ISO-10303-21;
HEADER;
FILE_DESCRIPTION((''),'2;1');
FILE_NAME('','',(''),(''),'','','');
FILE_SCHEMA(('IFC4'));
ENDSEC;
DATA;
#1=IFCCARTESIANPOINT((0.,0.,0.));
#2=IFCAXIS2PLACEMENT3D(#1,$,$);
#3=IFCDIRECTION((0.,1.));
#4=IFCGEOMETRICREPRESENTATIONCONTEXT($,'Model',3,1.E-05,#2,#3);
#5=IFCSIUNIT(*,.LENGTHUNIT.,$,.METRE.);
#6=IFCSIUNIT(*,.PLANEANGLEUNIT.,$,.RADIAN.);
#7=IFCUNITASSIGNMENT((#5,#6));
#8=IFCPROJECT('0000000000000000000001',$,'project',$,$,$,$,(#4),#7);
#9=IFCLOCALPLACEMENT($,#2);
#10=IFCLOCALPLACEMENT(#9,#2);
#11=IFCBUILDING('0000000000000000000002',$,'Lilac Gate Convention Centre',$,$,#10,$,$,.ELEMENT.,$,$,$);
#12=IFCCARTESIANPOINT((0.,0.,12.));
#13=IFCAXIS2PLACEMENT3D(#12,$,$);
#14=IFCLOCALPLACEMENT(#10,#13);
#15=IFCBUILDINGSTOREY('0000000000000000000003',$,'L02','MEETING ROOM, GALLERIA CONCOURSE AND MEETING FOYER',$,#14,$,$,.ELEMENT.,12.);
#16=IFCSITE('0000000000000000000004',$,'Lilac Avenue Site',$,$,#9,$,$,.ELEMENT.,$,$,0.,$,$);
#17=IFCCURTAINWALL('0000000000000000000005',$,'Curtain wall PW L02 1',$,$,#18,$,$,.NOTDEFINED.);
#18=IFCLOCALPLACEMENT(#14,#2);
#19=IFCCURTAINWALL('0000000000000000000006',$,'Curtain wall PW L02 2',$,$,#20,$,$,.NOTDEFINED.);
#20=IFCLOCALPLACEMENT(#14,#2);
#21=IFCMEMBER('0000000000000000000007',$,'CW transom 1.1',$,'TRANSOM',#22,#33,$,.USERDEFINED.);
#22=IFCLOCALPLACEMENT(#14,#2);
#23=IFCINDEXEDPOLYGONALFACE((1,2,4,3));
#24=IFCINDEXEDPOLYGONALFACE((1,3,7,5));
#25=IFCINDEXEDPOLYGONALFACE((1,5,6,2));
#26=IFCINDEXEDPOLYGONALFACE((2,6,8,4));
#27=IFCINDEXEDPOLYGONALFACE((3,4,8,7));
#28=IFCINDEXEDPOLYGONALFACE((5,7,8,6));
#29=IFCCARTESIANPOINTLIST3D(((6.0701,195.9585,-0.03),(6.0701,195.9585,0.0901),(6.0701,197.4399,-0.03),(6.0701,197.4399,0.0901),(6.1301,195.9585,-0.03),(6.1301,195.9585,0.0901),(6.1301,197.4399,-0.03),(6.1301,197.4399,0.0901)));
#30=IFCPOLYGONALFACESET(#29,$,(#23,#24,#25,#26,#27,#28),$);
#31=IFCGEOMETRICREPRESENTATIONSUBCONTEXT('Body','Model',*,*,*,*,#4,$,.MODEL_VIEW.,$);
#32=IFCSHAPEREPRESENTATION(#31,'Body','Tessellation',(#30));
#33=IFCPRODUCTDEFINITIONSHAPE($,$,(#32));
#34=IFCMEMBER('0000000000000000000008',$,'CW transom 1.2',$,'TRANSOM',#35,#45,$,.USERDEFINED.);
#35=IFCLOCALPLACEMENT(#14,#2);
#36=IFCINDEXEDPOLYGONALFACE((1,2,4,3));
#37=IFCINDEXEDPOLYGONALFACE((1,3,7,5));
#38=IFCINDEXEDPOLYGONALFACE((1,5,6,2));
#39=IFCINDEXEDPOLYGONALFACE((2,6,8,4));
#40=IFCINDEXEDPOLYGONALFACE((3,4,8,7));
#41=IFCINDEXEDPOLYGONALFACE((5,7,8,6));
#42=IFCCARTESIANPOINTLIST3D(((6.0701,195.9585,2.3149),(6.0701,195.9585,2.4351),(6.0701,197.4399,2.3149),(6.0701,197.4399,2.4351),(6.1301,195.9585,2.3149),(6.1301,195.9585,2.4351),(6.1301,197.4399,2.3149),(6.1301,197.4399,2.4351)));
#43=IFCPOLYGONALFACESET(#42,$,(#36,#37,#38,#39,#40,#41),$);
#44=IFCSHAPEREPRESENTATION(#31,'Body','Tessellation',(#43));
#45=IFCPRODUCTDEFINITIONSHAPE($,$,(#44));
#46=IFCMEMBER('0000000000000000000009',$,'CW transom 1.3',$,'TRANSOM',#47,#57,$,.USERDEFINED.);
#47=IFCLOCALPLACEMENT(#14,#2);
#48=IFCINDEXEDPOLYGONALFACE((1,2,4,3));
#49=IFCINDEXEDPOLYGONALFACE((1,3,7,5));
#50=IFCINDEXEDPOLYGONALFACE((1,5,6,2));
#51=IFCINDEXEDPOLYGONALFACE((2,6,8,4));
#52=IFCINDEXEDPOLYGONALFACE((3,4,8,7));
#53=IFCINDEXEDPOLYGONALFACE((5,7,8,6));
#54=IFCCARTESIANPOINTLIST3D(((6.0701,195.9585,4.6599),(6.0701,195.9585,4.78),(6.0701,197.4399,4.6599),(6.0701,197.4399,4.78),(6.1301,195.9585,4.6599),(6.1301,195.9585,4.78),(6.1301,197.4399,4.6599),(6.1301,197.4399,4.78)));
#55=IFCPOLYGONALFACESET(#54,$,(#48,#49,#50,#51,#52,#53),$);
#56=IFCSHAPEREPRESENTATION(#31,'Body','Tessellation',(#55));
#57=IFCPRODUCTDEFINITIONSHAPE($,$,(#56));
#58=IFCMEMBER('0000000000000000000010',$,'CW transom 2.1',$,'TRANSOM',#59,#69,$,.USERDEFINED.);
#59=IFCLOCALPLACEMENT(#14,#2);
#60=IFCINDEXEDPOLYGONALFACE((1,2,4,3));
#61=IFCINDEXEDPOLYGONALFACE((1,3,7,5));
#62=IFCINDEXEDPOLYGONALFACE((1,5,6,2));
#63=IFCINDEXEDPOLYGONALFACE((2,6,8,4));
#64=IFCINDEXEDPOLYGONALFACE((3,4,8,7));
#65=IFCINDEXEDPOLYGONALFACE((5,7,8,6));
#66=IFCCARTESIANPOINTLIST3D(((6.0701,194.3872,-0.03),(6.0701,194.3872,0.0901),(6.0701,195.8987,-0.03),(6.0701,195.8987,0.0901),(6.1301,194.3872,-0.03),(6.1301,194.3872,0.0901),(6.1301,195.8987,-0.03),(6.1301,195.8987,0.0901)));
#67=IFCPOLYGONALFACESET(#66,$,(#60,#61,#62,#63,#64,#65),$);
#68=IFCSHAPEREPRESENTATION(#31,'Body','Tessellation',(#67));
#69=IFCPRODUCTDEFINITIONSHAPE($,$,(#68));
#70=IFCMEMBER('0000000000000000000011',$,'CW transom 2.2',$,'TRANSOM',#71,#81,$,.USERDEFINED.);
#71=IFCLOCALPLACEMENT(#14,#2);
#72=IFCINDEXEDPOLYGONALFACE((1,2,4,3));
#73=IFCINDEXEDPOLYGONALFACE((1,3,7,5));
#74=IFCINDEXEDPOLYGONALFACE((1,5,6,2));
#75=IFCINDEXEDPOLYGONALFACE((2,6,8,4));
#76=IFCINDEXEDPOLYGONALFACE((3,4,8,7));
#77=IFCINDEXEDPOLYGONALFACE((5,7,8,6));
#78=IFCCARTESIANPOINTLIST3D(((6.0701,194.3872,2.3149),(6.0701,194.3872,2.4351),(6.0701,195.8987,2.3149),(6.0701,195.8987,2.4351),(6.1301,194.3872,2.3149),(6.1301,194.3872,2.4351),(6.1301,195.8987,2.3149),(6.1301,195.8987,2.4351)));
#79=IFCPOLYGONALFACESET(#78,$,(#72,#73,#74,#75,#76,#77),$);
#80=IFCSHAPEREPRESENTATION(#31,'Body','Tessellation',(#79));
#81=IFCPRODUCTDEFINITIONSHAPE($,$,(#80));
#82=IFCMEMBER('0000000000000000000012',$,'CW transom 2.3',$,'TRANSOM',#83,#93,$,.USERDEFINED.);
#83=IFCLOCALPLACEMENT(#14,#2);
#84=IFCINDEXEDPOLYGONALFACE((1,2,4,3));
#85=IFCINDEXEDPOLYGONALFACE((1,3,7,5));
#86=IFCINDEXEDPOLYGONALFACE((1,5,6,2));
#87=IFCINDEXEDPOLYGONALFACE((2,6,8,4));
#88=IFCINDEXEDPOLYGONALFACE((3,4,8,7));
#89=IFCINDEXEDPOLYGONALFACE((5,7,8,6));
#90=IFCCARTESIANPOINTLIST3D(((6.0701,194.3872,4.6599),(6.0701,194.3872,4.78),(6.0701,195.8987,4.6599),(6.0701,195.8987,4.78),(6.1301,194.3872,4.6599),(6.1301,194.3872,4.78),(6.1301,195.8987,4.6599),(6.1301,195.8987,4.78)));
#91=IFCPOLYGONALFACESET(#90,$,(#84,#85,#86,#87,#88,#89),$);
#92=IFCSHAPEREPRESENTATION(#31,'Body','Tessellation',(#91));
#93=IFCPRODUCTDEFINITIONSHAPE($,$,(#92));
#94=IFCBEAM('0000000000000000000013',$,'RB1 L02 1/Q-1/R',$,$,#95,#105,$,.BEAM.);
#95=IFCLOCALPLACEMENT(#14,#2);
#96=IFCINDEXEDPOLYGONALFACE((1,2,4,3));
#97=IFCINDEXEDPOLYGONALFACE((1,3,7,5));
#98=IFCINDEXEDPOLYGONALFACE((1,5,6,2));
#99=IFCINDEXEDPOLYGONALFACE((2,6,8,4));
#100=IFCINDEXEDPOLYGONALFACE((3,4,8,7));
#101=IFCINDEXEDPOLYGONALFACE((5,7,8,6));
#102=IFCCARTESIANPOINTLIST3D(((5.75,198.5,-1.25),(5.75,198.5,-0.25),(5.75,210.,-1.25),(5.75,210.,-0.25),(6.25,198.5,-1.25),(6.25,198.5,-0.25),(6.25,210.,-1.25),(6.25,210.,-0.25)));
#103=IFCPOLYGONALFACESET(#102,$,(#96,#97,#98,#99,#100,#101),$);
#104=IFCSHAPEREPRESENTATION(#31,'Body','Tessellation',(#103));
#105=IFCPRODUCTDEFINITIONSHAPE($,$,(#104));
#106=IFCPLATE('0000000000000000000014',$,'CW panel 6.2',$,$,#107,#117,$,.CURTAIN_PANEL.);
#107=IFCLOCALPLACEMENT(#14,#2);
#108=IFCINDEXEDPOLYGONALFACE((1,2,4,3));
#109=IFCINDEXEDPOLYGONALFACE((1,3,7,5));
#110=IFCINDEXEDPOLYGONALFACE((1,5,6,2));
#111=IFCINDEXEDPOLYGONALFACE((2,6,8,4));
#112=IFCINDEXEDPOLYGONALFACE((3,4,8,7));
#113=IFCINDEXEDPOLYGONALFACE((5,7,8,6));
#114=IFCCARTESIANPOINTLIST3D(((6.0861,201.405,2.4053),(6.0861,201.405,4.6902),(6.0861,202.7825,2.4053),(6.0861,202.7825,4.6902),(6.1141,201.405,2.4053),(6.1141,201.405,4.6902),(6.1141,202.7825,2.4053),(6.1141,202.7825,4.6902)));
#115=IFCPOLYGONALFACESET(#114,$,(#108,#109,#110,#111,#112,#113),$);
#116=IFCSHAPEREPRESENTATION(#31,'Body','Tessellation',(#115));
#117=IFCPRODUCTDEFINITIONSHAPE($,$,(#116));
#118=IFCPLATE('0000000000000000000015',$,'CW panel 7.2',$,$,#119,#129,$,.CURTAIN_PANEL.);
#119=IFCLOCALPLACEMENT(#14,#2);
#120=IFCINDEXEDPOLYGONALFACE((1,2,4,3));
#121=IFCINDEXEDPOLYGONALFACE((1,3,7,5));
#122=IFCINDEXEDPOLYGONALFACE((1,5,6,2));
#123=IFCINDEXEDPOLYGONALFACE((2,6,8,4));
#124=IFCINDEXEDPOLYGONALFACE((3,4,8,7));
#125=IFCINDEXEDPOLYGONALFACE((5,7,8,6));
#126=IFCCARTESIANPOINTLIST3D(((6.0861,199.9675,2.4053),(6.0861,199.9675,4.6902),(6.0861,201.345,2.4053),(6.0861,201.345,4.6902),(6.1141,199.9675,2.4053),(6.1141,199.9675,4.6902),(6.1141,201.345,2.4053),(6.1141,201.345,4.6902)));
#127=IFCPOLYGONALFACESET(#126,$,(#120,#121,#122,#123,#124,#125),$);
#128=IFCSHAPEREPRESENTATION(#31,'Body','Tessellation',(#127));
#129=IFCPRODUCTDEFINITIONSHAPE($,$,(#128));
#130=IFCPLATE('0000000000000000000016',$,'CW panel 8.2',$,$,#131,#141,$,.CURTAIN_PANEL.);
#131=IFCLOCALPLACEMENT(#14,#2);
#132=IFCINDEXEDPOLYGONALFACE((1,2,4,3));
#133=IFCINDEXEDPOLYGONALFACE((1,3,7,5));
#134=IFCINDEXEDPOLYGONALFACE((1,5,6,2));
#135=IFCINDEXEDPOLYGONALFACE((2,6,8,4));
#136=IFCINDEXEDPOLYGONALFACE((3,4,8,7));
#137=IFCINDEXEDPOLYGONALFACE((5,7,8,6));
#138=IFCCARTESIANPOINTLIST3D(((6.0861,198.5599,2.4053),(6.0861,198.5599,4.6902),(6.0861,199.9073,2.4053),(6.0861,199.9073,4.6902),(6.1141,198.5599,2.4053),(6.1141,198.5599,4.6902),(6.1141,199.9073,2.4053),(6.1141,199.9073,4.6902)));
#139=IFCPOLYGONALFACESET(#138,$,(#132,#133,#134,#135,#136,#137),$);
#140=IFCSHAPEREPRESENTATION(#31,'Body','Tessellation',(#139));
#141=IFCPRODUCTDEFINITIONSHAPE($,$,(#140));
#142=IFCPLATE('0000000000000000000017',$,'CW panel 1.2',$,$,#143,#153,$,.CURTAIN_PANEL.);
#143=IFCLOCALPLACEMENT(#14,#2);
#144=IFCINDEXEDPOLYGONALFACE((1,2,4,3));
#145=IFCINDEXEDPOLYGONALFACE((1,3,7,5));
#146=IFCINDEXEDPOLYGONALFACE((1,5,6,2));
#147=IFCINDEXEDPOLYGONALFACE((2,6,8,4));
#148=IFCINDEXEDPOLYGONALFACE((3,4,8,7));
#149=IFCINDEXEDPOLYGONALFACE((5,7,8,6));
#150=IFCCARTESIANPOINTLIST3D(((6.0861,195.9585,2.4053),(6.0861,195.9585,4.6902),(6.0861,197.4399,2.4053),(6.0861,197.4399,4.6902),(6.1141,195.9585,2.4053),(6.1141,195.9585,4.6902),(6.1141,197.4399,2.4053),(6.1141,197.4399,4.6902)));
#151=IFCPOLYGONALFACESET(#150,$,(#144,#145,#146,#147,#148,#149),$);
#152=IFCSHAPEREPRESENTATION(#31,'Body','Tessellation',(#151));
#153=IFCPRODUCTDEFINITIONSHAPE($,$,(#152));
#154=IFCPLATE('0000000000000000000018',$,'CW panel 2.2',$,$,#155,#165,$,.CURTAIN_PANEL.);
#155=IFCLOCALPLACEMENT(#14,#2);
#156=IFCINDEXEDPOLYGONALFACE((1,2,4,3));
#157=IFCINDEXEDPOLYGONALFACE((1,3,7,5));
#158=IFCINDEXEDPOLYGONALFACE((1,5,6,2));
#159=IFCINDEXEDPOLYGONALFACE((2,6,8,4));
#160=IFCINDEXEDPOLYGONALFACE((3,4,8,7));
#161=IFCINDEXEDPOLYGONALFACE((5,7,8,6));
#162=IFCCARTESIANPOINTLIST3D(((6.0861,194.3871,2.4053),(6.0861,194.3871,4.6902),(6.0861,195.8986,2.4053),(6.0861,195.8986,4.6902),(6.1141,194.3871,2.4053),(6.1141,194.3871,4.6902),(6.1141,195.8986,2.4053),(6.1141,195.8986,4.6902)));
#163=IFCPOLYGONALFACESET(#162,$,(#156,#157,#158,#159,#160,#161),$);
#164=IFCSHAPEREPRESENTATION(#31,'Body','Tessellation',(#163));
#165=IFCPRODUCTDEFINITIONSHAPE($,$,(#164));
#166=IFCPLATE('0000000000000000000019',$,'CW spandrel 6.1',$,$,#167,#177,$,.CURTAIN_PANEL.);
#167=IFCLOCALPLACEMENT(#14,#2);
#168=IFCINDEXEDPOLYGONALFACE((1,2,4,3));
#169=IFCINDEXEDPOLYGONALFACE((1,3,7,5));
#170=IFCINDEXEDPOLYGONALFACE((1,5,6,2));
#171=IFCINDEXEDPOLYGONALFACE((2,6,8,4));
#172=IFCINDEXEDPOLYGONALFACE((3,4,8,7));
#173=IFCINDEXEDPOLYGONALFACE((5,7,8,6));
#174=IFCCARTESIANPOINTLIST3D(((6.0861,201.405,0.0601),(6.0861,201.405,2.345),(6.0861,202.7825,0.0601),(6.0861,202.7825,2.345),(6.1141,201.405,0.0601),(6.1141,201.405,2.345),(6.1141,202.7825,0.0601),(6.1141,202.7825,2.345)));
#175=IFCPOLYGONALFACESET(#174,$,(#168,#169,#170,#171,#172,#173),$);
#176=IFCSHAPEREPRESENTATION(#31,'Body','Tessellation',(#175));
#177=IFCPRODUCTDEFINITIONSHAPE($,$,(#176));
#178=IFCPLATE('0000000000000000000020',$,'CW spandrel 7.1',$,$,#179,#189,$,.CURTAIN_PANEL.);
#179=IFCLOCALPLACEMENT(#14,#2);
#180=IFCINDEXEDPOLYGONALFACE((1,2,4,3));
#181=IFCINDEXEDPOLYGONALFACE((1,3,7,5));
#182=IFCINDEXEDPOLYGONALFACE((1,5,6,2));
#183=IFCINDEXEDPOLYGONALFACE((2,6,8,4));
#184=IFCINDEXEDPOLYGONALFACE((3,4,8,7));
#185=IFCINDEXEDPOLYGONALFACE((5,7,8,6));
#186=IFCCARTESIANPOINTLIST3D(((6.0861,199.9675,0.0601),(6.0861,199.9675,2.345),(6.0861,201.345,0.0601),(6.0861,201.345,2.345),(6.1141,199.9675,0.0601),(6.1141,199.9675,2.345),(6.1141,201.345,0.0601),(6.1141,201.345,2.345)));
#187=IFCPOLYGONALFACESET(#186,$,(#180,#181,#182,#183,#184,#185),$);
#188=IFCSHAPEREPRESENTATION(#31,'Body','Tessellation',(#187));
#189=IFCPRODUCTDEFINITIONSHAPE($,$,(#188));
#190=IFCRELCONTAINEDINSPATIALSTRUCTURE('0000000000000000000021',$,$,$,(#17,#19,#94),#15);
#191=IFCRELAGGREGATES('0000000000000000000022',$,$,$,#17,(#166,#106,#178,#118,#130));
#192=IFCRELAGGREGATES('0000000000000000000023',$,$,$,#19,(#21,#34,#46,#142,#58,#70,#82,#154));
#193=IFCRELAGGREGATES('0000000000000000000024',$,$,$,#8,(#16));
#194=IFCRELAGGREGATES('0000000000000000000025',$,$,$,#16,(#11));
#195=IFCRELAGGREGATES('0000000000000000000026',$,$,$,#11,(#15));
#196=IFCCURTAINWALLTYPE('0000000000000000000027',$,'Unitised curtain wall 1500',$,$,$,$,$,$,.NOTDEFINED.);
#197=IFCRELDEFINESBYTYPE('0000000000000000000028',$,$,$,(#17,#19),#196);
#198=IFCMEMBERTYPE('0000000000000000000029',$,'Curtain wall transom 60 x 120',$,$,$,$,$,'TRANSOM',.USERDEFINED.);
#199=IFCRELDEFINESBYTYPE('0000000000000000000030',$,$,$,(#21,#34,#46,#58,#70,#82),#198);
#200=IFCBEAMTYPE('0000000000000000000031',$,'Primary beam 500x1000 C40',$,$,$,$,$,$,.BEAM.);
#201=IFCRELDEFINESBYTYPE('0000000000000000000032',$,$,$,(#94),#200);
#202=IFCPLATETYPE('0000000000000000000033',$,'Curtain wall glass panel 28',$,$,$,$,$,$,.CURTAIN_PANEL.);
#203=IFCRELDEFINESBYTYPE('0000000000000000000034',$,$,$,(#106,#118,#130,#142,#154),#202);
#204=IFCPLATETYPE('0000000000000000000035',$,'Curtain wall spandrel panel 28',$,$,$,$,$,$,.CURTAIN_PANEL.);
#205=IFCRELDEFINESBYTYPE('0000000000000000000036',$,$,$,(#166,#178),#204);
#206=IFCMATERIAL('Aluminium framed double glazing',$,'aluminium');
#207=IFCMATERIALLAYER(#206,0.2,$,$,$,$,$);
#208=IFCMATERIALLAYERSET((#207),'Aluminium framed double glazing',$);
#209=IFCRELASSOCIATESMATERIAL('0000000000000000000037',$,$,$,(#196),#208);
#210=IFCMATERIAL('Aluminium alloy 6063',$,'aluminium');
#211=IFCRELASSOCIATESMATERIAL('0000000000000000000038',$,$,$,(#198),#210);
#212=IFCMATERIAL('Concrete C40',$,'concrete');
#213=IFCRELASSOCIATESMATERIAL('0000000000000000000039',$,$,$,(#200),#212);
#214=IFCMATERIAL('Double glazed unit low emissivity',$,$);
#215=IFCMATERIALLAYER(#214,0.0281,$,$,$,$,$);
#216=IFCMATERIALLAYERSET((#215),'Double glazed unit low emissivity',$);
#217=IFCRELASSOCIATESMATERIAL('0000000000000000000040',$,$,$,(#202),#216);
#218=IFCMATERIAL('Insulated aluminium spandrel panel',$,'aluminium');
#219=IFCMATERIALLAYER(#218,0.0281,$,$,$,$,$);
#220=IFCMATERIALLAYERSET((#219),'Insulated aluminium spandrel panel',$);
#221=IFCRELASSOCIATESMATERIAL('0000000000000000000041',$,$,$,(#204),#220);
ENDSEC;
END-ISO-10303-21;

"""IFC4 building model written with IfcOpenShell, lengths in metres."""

from ifc_helpers import new_model, si_unit, direction, frame, origin, origin_2d, place, context, subcontext, project, spatial, rectangle, extrude, material, layer, layer_set, material_profile, profile_set, type_object, element, aggregate, save


model = new_model("IFC4")

# Units and contexts
model_context = context("Model", 3, precision=1e-05, world=origin(), true_north=direction((0.0, 1.0)))
body_context = subcontext(model_context, "Body", "Model", "MODEL_VIEW")
ifc_project = project(units=[si_unit("LENGTHUNIT", "METRE"), si_unit("PLANEANGLEUNIT", "RADIAN")], contexts=[model_context])

# Site, building, storey
site_placement = place(None, origin())
site = spatial("IfcSite", under=ifc_project, at=site_placement, Name="Lilac Avenue Site", CompositionType="ELEMENT", RefElevation=0.0)
building_placement = place(site_placement, origin())
building = spatial("IfcBuilding", under=site, at=building_placement, Name="Lilac Gate Convention Centre", CompositionType="ELEMENT")
storey_placement = place(building_placement, frame((0.0, 0.0, 12.0)))
storey = spatial("IfcBuildingStorey", under=building, at=storey_placement, Name="L02", Description="MEETING ROOM, GALLERIA CONCOURSE AND MEETING FOYER", CompositionType="ELEMENT", Elevation=12.0)

# Shared definitions
ifc_material_1 = material(Name="Concrete C40", Category="concrete")

# Curtain walls
ifc_material_2 = material(Name="Aluminium framed double glazing", Category="aluminium")
ifc_layer_1 = layer(ifc_material_2, 0.2)
ifc_layer_set_1 = layer_set([ifc_layer_1], Name="Aluminium framed double glazing")
curtain_wall_type = type_object("IfcCurtainWallType", Name="Unitised curtain wall 1500", PredefinedType="NOTDEFINED", material=ifc_layer_set_1)
curtain_wall_1_placement = place(storey_placement, origin())
curtain_wall_1 = element("IfcCurtainWall", 1, at=curtain_wall_1_placement, inside=storey, type_object=curtain_wall_type, Name="Curtain wall PW L02 1", PredefinedType="NOTDEFINED")
ifc_material_3 = material(Name="Aluminium alloy 6063", Category="aluminium")
curtain_wall_2_placement = place(storey_placement, origin())
curtain_wall_2 = element("IfcCurtainWall", 2, at=curtain_wall_2_placement, inside=storey, type_object=curtain_wall_type, Name="Curtain wall PW L02 2", PredefinedType="NOTDEFINED")

# Members
ifc_material_profile_1 = material_profile(ifc_material_3, rectangle(XDim=0.0601, YDim=0.1201, at=origin_2d()), Name="Curtain wall transom 60 x 120")
ifc_profile_set_1 = profile_set([ifc_material_profile_1], Name="Aluminium alloy 6063")
member_type_1 = type_object("IfcMemberType", Name="Curtain wall transom 60 x 120", ElementType="TRANSOM", PredefinedType="USERDEFINED", material=ifc_profile_set_1)
member_1_placement = place(storey_placement, frame((6.1001, 197.4399, 0.03), z_axis=(0.0, -1.0, 0.0), x_axis=(1.0, 0.0, 0.0)))
member_1 = element("IfcMember", 3, at=member_1_placement, type_object=member_type_1, Name="CW transom 1.1", ObjectType="TRANSOM", PredefinedType="USERDEFINED", context=body_context, shape_type="SweptSolid", body=[
    extrude(rectangle(XDim=0.0601, YDim=0.1201, at=origin_2d()), origin(), (0.0, 0.0, 1.0), 1.4814),
])
member_2_placement = place(storey_placement, frame((6.1001, 197.4399, 2.375), z_axis=(0.0, -1.0, 0.0), x_axis=(1.0, 0.0, 0.0)))
member_2 = element("IfcMember", 4, at=member_2_placement, type_object=member_type_1, Name="CW transom 1.2", ObjectType="TRANSOM", PredefinedType="USERDEFINED", context=body_context, shape_type="SweptSolid", body=[
    extrude(rectangle(XDim=0.0601, YDim=0.1201, at=origin_2d()), origin(), (0.0, 0.0, 1.0), 1.4814),
])
member_3_placement = place(storey_placement, frame((6.1001, 197.4399, 4.72), z_axis=(0.0, -1.0, 0.0), x_axis=(1.0, 0.0, 0.0)))
member_3 = element("IfcMember", 5, at=member_3_placement, type_object=member_type_1, Name="CW transom 1.3", ObjectType="TRANSOM", PredefinedType="USERDEFINED", context=body_context, shape_type="SweptSolid", body=[
    extrude(rectangle(XDim=0.0601, YDim=0.1201, at=origin_2d()), origin(), (0.0, 0.0, 1.0), 1.4814),
])
member_4_placement = place(storey_placement, frame((6.1001, 195.8987, 0.03), z_axis=(0.0, -1.0, 0.0), x_axis=(1.0, 0.0, 0.0)))
member_4 = element("IfcMember", 6, at=member_4_placement, type_object=member_type_1, Name="CW transom 2.1", ObjectType="TRANSOM", PredefinedType="USERDEFINED", context=body_context, shape_type="SweptSolid", body=[
    extrude(rectangle(XDim=0.0601, YDim=0.1201, at=origin_2d()), origin(), (0.0, 0.0, 1.0), 1.5115),
])
member_5_placement = place(storey_placement, frame((6.1001, 195.8987, 2.375), z_axis=(0.0, -1.0, 0.0), x_axis=(1.0, 0.0, 0.0)))
member_5 = element("IfcMember", 7, at=member_5_placement, type_object=member_type_1, Name="CW transom 2.2", ObjectType="TRANSOM", PredefinedType="USERDEFINED", context=body_context, shape_type="SweptSolid", body=[
    extrude(rectangle(XDim=0.0601, YDim=0.1201, at=origin_2d()), origin(), (0.0, 0.0, 1.0), 1.5115),
])
member_6_placement = place(storey_placement, frame((6.1001, 195.8987, 4.72), z_axis=(0.0, -1.0, 0.0), x_axis=(1.0, 0.0, 0.0)))
member_6 = element("IfcMember", 8, at=member_6_placement, type_object=member_type_1, Name="CW transom 2.3", ObjectType="TRANSOM", PredefinedType="USERDEFINED", context=body_context, shape_type="SweptSolid", body=[
    extrude(rectangle(XDim=0.0601, YDim=0.1201, at=origin_2d()), origin(), (0.0, 0.0, 1.0), 1.5115),
])

# Beam
ifc_material_profile_2 = material_profile(ifc_material_1, rectangle(XDim=0.5, YDim=1.0, at=origin_2d()), Name="RC 500x1000")
ifc_profile_set_2 = profile_set([ifc_material_profile_2], Name="Concrete C40")
beam_type = type_object("IfcBeamType", Name="Primary beam 500x1000 C40", PredefinedType="BEAM", material=ifc_profile_set_2)
beam_placement = place(storey_placement, frame((6.0, 198.5, -0.75), z_axis=(0.0, 1.0, 0.0), x_axis=(-1.0, 0.0, 0.0)))
element("IfcBeam", 9, at=beam_placement, inside=storey, type_object=beam_type, Name="RB1 L02 1/Q-1/R", PredefinedType="BEAM", context=body_context, shape_type="SweptSolid", body=[
    extrude(rectangle(XDim=0.5, YDim=1.0, at=origin_2d()), origin(), (0.0, 0.0, 1.0), 11.5),
])

# Plates
ifc_material_4 = material(Name="Double glazed unit low emissivity")
ifc_layer_2 = layer(ifc_material_4, 0.0281)
ifc_layer_set_2 = layer_set([ifc_layer_2], Name="Double glazed unit low emissivity")
plate_type_1 = type_object("IfcPlateType", Name="Curtain wall glass panel 28", PredefinedType="CURTAIN_PANEL", material=ifc_layer_set_2)
plate_1_placement = place(storey_placement, frame((6.1001, 202.0938, 2.4053), z_axis=(0.0, 0.0, 1.0), x_axis=(0.0, -1.0, 0.0)))
plate_1 = element("IfcPlate", 10, at=plate_1_placement, type_object=plate_type_1, Name="CW panel 6.2", PredefinedType="CURTAIN_PANEL", context=body_context, shape_type="SweptSolid", body=[
    extrude(rectangle(XDim=1.3774, YDim=0.0281, at=origin_2d()), origin(), (0.0, 0.0, 1.0), 2.2849),
])
plate_2_placement = place(storey_placement, frame((6.1001, 200.6562, 2.4053), z_axis=(0.0, 0.0, 1.0), x_axis=(0.0, -1.0, 0.0)))
plate_2 = element("IfcPlate", 11, at=plate_2_placement, type_object=plate_type_1, Name="CW panel 7.2", PredefinedType="CURTAIN_PANEL", context=body_context, shape_type="SweptSolid", body=[
    extrude(rectangle(XDim=1.3774, YDim=0.0281, at=origin_2d()), origin(), (0.0, 0.0, 1.0), 2.2849),
])
plate_3_placement = place(storey_placement, frame((6.1001, 199.2336, 2.4053), z_axis=(0.0, 0.0, 1.0), x_axis=(0.0, -1.0, 0.0)))
plate_3 = element("IfcPlate", 12, at=plate_3_placement, type_object=plate_type_1, Name="CW panel 8.2", PredefinedType="CURTAIN_PANEL", context=body_context, shape_type="SweptSolid", body=[
    extrude(rectangle(XDim=1.3474, YDim=0.0281, at=origin_2d()), origin(), (0.0, 0.0, 1.0), 2.2849),
])
plate_4_placement = place(storey_placement, frame((6.1001, 196.6992, 2.4053), z_axis=(0.0, 0.0, 1.0), x_axis=(0.0, -1.0, 0.0)))
plate_4 = element("IfcPlate", 13, at=plate_4_placement, type_object=plate_type_1, Name="CW panel 1.2", PredefinedType="CURTAIN_PANEL", context=body_context, shape_type="SweptSolid", body=[
    extrude(rectangle(XDim=1.4814, YDim=0.0281, at=origin_2d()), origin(), (0.0, 0.0, 1.0), 2.2849),
])
plate_5_placement = place(storey_placement, frame((6.1001, 195.1428, 2.4053), z_axis=(0.0, 0.0, 1.0), x_axis=(0.0, -1.0, 0.0)))
plate_5 = element("IfcPlate", 14, at=plate_5_placement, type_object=plate_type_1, Name="CW panel 2.2", PredefinedType="CURTAIN_PANEL", context=body_context, shape_type="SweptSolid", body=[
    extrude(rectangle(XDim=1.5115, YDim=0.0281, at=origin_2d()), origin(), (0.0, 0.0, 1.0), 2.2849),
])
ifc_material_5 = material(Name="Insulated aluminium spandrel panel", Category="aluminium")
ifc_layer_3 = layer(ifc_material_5, 0.0281)
ifc_layer_set_3 = layer_set([ifc_layer_3], Name="Insulated aluminium spandrel panel")
plate_type_2 = type_object("IfcPlateType", Name="Curtain wall spandrel panel 28", PredefinedType="CURTAIN_PANEL", material=ifc_layer_set_3)
plate_6_placement = place(storey_placement, frame((6.1001, 202.0938, 0.0601), z_axis=(0.0, 0.0, 1.0), x_axis=(0.0, -1.0, 0.0)))
plate_6 = element("IfcPlate", 15, at=plate_6_placement, type_object=plate_type_2, Name="CW spandrel 6.1", PredefinedType="CURTAIN_PANEL", context=body_context, shape_type="SweptSolid", body=[
    extrude(rectangle(XDim=1.3774, YDim=0.0281, at=origin_2d()), origin(), (0.0, 0.0, 1.0), 2.2849),
])
plate_7_placement = place(storey_placement, frame((6.1001, 200.6562, 0.0601), z_axis=(0.0, 0.0, 1.0), x_axis=(0.0, -1.0, 0.0)))
plate_7 = element("IfcPlate", 16, at=plate_7_placement, type_object=plate_type_2, Name="CW spandrel 7.1", PredefinedType="CURTAIN_PANEL", context=body_context, shape_type="SweptSolid", body=[
    extrude(rectangle(XDim=1.3774, YDim=0.0281, at=origin_2d()), origin(), (0.0, 0.0, 1.0), 2.2849),
])
aggregate(curtain_wall_1, [plate_6, plate_1, plate_7, plate_2, plate_3])
aggregate(curtain_wall_2, [member_1, member_2, member_3, plate_4, member_4, member_5, member_6, plate_5])

save(model, "model.ifc")
